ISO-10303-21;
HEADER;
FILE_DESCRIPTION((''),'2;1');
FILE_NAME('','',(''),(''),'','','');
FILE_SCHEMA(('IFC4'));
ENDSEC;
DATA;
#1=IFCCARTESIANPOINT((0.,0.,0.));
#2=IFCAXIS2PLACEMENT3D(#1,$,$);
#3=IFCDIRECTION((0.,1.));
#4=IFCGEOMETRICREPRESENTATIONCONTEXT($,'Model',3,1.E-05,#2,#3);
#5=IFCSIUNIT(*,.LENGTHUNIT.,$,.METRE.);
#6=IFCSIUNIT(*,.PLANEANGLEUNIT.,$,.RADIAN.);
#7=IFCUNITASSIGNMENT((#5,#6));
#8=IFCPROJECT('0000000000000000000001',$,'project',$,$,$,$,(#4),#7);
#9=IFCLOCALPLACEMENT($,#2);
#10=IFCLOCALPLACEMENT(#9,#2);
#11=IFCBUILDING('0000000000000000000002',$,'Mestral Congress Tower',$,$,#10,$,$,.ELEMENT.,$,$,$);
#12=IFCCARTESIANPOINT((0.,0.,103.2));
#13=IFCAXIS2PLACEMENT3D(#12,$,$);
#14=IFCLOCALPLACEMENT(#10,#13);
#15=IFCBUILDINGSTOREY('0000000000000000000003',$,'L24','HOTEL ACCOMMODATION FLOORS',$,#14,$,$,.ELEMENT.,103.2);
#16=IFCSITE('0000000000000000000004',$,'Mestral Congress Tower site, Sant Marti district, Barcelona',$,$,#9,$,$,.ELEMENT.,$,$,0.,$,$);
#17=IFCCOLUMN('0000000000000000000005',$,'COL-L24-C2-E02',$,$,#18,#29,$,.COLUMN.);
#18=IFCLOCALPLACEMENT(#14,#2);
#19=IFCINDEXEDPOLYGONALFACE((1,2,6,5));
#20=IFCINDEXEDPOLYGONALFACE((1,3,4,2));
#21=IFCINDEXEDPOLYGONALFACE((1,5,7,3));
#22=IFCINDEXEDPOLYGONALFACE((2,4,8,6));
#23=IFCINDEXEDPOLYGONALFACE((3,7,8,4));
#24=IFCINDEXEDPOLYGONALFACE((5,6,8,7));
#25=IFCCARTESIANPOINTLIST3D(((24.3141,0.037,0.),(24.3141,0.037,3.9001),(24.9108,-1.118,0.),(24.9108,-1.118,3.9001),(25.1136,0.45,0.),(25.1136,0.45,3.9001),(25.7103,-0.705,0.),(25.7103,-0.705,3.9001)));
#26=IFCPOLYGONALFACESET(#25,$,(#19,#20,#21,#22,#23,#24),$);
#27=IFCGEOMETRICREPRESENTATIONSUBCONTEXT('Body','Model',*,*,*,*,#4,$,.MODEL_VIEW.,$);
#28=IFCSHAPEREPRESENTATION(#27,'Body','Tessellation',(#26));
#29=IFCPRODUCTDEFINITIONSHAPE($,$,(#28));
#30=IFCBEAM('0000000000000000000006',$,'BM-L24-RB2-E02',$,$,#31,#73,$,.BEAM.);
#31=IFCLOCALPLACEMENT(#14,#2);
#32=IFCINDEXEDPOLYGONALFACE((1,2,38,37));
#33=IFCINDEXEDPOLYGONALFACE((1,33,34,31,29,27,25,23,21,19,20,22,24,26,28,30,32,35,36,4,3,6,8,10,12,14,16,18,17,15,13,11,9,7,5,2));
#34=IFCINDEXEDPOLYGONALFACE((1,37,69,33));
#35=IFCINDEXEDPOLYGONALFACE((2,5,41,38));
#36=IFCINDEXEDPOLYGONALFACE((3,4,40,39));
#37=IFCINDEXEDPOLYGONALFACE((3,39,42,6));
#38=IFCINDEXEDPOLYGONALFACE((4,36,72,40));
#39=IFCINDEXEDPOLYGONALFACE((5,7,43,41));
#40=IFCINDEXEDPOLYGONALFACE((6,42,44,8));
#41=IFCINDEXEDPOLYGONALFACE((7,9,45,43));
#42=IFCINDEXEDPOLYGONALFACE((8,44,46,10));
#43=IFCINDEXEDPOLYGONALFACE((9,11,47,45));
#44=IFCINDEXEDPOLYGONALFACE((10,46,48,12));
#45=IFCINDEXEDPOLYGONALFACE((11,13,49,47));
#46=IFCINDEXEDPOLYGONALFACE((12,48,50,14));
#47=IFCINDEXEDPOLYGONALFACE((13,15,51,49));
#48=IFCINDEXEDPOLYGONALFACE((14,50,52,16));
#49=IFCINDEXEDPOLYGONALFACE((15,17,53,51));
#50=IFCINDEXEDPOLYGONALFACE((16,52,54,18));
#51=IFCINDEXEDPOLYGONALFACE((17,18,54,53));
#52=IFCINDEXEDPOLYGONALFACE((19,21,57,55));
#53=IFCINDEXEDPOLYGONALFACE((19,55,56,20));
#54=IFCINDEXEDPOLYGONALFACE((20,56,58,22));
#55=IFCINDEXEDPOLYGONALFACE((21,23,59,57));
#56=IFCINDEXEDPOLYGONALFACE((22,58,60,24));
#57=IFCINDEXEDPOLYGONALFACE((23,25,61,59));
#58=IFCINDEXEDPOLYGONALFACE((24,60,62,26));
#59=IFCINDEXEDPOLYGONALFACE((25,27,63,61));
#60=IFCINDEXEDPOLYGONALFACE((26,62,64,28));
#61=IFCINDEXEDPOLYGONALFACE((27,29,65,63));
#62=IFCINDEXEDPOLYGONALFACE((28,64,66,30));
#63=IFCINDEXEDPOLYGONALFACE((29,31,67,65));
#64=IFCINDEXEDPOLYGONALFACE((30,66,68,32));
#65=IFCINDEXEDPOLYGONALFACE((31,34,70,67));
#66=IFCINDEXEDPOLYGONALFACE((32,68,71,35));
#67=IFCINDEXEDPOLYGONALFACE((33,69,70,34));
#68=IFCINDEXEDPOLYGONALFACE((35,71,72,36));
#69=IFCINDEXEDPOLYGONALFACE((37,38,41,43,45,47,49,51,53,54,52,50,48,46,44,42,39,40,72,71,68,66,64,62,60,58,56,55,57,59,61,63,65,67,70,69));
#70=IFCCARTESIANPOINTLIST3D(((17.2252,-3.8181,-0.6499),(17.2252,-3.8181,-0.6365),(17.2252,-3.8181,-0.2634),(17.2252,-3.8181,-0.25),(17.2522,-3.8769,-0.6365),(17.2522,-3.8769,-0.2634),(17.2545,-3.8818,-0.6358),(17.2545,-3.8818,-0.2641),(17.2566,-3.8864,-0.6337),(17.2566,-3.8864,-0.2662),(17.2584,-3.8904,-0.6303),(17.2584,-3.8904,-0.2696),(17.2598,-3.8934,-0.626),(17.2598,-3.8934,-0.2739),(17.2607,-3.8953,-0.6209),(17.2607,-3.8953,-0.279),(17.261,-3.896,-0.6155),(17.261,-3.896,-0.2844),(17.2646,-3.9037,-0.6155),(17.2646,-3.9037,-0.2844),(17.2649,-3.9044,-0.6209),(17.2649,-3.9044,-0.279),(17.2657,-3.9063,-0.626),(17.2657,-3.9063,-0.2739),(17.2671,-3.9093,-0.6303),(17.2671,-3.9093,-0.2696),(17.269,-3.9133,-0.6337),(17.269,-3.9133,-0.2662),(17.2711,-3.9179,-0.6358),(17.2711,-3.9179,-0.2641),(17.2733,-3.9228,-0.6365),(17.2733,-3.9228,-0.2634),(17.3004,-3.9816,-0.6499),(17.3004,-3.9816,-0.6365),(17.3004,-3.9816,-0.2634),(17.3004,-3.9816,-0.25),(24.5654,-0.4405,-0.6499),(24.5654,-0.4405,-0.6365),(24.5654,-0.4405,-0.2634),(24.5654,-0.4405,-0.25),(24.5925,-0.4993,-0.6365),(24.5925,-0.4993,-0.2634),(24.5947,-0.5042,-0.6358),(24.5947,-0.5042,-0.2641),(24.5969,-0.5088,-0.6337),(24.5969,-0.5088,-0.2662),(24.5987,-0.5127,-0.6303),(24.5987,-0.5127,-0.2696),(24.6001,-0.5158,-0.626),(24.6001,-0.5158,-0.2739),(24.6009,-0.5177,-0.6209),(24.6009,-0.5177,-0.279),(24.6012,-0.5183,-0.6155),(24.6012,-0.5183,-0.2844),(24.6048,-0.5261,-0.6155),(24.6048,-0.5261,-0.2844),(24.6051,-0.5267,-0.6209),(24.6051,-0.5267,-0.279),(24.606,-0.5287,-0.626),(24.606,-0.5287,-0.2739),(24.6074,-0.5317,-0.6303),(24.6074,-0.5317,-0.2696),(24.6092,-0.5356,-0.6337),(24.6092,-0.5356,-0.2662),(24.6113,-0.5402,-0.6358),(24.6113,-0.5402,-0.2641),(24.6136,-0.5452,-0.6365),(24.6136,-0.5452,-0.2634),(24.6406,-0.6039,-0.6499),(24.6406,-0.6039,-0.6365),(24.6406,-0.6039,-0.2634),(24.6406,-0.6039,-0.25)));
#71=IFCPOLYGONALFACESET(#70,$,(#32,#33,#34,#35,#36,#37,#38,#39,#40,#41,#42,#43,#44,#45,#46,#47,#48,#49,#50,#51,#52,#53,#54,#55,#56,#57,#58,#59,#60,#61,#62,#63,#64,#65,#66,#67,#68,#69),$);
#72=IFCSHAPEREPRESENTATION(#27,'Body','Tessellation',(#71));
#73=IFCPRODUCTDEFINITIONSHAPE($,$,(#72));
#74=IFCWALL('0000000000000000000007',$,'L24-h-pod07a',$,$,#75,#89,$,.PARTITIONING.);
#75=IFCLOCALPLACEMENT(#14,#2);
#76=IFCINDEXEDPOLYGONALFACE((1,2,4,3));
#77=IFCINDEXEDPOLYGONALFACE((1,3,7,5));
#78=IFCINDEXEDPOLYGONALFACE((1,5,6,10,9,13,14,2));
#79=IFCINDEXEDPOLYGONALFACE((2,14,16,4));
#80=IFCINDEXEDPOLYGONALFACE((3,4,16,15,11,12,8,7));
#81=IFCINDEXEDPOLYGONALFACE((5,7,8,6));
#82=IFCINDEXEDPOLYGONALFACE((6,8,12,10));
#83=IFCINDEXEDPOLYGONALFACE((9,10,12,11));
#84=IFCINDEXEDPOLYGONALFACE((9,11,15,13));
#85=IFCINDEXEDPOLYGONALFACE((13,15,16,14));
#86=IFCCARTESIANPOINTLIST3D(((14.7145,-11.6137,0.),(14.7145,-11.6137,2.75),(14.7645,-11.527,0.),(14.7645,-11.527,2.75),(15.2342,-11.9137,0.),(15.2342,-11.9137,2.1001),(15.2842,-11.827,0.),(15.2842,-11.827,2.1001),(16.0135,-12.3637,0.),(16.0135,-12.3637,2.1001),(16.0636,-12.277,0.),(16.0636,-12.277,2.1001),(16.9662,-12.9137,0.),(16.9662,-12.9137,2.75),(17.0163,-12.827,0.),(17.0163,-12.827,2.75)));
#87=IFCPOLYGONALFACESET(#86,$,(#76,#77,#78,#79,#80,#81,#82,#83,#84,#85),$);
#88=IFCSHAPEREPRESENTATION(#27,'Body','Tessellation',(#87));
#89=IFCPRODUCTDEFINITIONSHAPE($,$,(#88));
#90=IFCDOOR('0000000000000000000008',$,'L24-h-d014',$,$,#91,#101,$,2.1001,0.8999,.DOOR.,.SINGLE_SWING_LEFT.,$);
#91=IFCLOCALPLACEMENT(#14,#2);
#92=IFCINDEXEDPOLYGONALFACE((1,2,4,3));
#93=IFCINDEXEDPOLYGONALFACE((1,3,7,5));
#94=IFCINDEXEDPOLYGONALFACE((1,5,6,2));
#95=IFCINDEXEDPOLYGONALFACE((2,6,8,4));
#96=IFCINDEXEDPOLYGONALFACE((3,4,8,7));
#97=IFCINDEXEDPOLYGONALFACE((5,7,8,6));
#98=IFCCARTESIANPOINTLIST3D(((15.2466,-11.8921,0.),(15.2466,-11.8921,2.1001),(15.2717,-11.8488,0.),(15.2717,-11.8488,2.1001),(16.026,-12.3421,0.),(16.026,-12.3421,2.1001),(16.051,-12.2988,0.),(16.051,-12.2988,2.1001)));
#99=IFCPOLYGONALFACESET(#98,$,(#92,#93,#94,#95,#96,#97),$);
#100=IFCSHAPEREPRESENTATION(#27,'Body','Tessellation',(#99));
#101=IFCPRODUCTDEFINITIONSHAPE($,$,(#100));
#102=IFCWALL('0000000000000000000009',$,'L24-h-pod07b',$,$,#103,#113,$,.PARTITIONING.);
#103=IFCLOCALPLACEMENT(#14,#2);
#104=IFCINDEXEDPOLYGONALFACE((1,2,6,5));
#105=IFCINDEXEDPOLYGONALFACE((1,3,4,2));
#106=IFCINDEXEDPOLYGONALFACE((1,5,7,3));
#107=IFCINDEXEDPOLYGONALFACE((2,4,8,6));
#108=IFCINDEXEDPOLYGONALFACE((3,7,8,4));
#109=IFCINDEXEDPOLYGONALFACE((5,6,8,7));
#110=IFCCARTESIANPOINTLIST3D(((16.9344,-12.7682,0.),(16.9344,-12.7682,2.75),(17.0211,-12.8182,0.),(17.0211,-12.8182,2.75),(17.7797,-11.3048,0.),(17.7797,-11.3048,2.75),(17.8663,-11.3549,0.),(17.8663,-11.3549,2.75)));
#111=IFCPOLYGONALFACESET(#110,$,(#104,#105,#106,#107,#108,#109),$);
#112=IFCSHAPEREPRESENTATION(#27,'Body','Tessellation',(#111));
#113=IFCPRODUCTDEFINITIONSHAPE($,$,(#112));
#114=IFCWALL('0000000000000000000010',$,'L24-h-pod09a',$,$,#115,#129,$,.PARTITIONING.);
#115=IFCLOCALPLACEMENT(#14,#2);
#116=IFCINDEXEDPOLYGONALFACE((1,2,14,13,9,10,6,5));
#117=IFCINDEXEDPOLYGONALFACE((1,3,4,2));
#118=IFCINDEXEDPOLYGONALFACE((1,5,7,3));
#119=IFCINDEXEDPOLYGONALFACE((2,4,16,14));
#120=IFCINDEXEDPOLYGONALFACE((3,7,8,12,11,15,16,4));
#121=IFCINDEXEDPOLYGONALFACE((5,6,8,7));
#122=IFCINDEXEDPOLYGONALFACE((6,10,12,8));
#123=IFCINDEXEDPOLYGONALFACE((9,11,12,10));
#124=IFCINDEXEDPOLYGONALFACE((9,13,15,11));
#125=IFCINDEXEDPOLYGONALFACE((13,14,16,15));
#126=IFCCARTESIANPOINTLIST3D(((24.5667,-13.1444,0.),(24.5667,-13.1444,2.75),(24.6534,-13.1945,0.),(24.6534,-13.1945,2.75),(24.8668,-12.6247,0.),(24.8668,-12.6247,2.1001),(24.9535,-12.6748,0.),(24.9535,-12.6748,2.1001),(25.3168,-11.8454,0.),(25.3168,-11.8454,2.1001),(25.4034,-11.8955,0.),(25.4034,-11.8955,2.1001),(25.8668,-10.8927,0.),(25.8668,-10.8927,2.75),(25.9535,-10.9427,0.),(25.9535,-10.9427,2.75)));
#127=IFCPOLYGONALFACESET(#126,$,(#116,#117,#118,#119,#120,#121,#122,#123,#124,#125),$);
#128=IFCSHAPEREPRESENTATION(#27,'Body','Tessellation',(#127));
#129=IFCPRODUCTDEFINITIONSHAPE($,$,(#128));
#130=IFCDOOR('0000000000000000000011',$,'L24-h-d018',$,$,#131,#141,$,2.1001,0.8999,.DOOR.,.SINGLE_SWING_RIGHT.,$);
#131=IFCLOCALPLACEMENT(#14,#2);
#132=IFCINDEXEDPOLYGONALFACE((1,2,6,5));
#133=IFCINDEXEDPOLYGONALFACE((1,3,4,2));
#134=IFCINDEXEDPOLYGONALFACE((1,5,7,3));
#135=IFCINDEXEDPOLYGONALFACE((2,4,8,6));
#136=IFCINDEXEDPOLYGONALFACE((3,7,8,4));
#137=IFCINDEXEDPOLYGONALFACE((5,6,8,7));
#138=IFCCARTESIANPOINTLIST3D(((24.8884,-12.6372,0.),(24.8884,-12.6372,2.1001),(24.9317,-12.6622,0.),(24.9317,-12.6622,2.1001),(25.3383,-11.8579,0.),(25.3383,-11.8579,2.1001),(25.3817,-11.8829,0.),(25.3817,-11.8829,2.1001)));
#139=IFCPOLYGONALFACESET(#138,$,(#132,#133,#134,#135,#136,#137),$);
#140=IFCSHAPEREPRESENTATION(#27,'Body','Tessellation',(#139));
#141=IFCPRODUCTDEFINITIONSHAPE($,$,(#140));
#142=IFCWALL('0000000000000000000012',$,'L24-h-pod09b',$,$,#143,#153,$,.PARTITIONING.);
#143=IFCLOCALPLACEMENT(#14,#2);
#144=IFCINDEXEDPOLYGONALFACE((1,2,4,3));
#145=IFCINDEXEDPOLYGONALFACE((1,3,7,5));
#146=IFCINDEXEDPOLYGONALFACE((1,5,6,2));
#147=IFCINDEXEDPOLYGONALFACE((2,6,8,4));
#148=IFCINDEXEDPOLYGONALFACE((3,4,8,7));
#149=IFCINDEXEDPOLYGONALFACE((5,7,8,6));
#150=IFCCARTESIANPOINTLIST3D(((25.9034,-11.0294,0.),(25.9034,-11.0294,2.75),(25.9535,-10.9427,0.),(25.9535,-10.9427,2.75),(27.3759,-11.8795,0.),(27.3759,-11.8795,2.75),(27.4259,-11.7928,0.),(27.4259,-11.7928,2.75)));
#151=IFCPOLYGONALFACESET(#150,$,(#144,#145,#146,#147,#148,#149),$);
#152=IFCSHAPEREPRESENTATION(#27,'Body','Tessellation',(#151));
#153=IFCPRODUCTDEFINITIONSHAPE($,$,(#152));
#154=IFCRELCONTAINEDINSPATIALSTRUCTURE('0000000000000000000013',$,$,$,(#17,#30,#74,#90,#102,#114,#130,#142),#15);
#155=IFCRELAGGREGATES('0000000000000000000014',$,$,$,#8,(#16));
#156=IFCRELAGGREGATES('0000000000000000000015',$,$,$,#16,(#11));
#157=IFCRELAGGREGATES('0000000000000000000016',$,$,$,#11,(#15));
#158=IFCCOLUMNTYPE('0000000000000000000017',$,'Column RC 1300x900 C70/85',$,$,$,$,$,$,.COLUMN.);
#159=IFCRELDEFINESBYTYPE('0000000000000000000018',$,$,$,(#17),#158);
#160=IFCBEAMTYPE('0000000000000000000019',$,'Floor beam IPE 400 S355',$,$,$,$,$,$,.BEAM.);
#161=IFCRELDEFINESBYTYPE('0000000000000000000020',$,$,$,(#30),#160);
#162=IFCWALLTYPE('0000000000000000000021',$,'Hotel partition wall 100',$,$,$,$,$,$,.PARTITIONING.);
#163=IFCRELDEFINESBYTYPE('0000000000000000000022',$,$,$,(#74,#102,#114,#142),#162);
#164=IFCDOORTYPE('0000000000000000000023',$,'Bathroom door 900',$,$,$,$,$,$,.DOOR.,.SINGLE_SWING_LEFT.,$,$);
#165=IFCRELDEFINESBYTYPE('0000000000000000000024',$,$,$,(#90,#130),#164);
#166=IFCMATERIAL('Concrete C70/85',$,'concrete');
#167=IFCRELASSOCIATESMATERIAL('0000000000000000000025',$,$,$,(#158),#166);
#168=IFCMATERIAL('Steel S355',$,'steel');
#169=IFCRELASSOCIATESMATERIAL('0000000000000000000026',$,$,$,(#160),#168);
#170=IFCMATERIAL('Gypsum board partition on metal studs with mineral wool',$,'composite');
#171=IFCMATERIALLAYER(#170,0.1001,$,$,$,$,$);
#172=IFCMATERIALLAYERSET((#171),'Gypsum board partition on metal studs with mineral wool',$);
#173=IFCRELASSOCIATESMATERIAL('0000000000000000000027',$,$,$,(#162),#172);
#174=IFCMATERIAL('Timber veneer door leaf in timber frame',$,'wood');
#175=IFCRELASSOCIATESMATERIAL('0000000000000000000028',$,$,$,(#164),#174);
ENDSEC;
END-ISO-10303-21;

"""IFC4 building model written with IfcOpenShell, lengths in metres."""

from ifc_helpers import new_model, si_unit, direction, frame, frame_2d, origin, origin_2d, place, context, subcontext, project, spatial, rectangle, i_section, extrude, material, layer, layer_set, material_profile, profile_set, type_object, element, fill, save


model = new_model("IFC4")

# Units and contexts
model_context = context("Model", 3, precision=1e-05, world=origin(), true_north=direction((0.0, 1.0)))
body_context = subcontext(model_context, "Body", "Model", "MODEL_VIEW")
ifc_project = project(units=[si_unit("LENGTHUNIT", "METRE"), si_unit("PLANEANGLEUNIT", "RADIAN")], contexts=[model_context])

# Site, building, storey
site_placement = place(None, origin())
site = spatial("IfcSite", under=ifc_project, at=site_placement, Name="Mestral Congress Tower site, Sant Marti district, Barcelona", CompositionType="ELEMENT", RefElevation=0.0)
building_placement = place(site_placement, origin())
building = spatial("IfcBuilding", under=site, at=building_placement, Name="Mestral Congress Tower", CompositionType="ELEMENT")
storey_placement = place(building_placement, frame((0.0, 0.0, 103.2)))
storey = spatial("IfcBuildingStorey", under=building, at=storey_placement, Name="L24", Description="HOTEL ACCOMMODATION FLOORS", CompositionType="ELEMENT", Elevation=103.2)

# Column
ifc_material_1 = material(Name="Concrete C70/85", Category="concrete")
ifc_material_profile_1 = material_profile(ifc_material_1, rectangle(XDim=1.3, YDim=0.8999, at=origin_2d()), Name="RC 1300x900")
ifc_profile_set_1 = profile_set([ifc_material_profile_1], Name="Concrete C70/85")
column_type = type_object("IfcColumnType", Name="Column RC 1300x900 C70/85", PredefinedType="COLUMN", material=ifc_profile_set_1)
column_placement = place(storey_placement, frame((25.0122, -0.334, 0.0), z_axis=(0.0, 0.0, 1.0), x_axis=(-0.458961, 0.888456, 0.0)))
element("IfcColumn", 1, at=column_placement, inside=storey, type_object=column_type, Name="COL-L24-C2-E02", PredefinedType="COLUMN", context=body_context, shape_type="SweptSolid", body=[
    extrude(rectangle(XDim=1.3, YDim=0.8999, at=origin_2d()), origin(), (0.0, 0.0, 1.0), 3.9001),
])

# Beam
ifc_material_2 = material(Name="Steel S355", Category="steel")
ifc_material_profile_2 = material_profile(ifc_material_2, i_section(OverallWidth=0.1799, OverallDepth=0.3999, WebThickness=0.0085, FlangeThickness=0.0134, FilletRadius=0.021, at=origin_2d()), Name="IPE 400")
ifc_profile_set_2 = profile_set([ifc_material_profile_2], Name="Steel S355")
beam_type = type_object("IfcBeamType", Name="Floor beam IPE 400 S355", PredefinedType="BEAM", material=ifc_profile_set_2)
beam_placement = place(storey_placement, frame((24.603, -0.5222, -0.45), z_axis=(-0.908437, -0.418021, 0.0), x_axis=(0.418021, -0.908437, 0.0)))
element("IfcBeam", 2, at=beam_placement, inside=storey, type_object=beam_type, Name="BM-L24-RB2-E02", PredefinedType="BEAM", context=body_context, shape_type="SweptSolid", body=[
    extrude(i_section(OverallWidth=0.1799, OverallDepth=0.3999, WebThickness=0.0085, FlangeThickness=0.0134, FilletRadius=0.021, at=origin_2d()), origin(), (0.0, 0.0, 1.0), 8.0801),
])

# Wall, opening, door
ifc_material_3 = material(Name="Gypsum board partition on metal studs with mineral wool", Category="composite")
ifc_layer_1 = layer(ifc_material_3, 0.1001)
ifc_layer_set_1 = layer_set([ifc_layer_1], Name="Gypsum board partition on metal studs with mineral wool")
wall_type_1 = type_object("IfcWallType", Name="Hotel partition wall 100", PredefinedType="PARTITIONING", material=ifc_layer_set_1)
wall_1_placement = place(storey_placement, frame((14.7395, -11.5703, 0.0), z_axis=(0.0, 0.0, 1.0), x_axis=(0.866021, -0.500007, 0.0)))
wall_1 = element("IfcWall", 3, at=wall_1_placement, inside=storey, type_object=wall_type_1, Name="L24-h-pod07a", PredefinedType="PARTITIONING", context=body_context, shape_type="SweptSolid", body=[
    extrude(rectangle(XDim=2.6001, YDim=0.1001, at=frame_2d((1.3, 0.0))), origin(), (0.0, 0.0, 1.0), 2.75),
])
opening_1_placement = place(wall_1_placement, frame((0.6001, 0.0, 0.0)))
opening_1 = element("IfcOpeningElement", 4, at=opening_1_placement, cuts=wall_1, PredefinedType="OPENING", context=body_context, shape_type="SweptSolid", body=[
    extrude(rectangle(XDim=0.8999, YDim=2.1001, at=frame_2d((0.45, 1.05))), frame((0.0, 0.0601, 0.0), z_axis=(0.0, -1.0, 0.0), x_axis=(1.0, 0.0, 0.0)), (0.0, 0.0, 1.0), 0.1201),
])
ifc_material_4 = material(Name="Timber veneer door leaf in timber frame", Category="wood")
door_type_1 = type_object("IfcDoorType", Name="Bathroom door 900", OperationType="SINGLE_SWING_LEFT", PredefinedType="DOOR", material=ifc_material_4)
door_1_placement = place(opening_1_placement, origin())
door_1 = element("IfcDoor", 5, at=door_1_placement, inside=storey, type_object=door_type_1, Name="L24-h-d014", OperationType="SINGLE_SWING_LEFT", OverallHeight=2.1001, OverallWidth=0.8999, PredefinedType="DOOR", context=body_context, shape_type="SweptSolid", body=[
    extrude(rectangle(XDim=0.8999, YDim=2.1001, at=frame_2d((0.45, 1.05))), frame((0.0, 0.0249, 0.0), z_axis=(0.0, -1.0, 0.0), x_axis=(1.0, 0.0, 0.0)), (0.0, 0.0, 1.0), 0.05),
])
fill(opening_1, door_1)

# Wall
wall_2_placement = place(storey_placement, frame((16.9778, -12.7932, 0.0), z_axis=(0.0, 0.0, 1.0), x_axis=(0.500148, 0.86594, 0.0)))
element("IfcWall", 6, at=wall_2_placement, inside=storey, type_object=wall_type_1, Name="L24-h-pod07b", PredefinedType="PARTITIONING", context=body_context, shape_type="SweptSolid", body=[
    extrude(rectangle(XDim=1.6899, YDim=0.1001, at=frame_2d((0.845, 0.0))), origin(), (0.0, 0.0, 1.0), 2.75),
])

# Wall, opening, door
wall_3_placement = place(storey_placement, frame((25.9102, -10.9177, 0.0), z_axis=(0.0, 0.0, 1.0), x_axis=(-0.500007, -0.866021, 0.0)))
wall_3 = element("IfcWall", 7, at=wall_3_placement, inside=storey, type_object=wall_type_1, Name="L24-h-pod09a", PredefinedType="PARTITIONING", context=body_context, shape_type="SweptSolid", body=[
    extrude(rectangle(XDim=2.6001, YDim=0.1001, at=frame_2d((1.3, 0.0))), origin(), (0.0, 0.0, 1.0), 2.75),
])
opening_2_placement = place(wall_3_placement, frame((1.1001, 0.0, 0.0)))
opening_2 = element("IfcOpeningElement", 8, at=opening_2_placement, cuts=wall_3, PredefinedType="OPENING", context=body_context, shape_type="SweptSolid", body=[
    extrude(rectangle(XDim=0.8999, YDim=2.1001, at=frame_2d((0.45, 1.05))), frame((0.0, 0.0601, 0.0), z_axis=(0.0, -1.0, 0.0), x_axis=(1.0, 0.0, 0.0)), (0.0, 0.0, 1.0), 0.1201),
])
door_2_placement = place(opening_2_placement, origin())
door_2 = element("IfcDoor", 9, at=door_2_placement, inside=storey, type_object=door_type_1, Name="L24-h-d018", OperationType="SINGLE_SWING_RIGHT", OverallHeight=2.1001, OverallWidth=0.8999, PredefinedType="DOOR", context=body_context, shape_type="SweptSolid", body=[
    extrude(rectangle(XDim=0.8999, YDim=2.1001, at=frame_2d((0.45, 1.05))), frame((0.0, 0.0249, 0.0), z_axis=(0.0, -1.0, 0.0), x_axis=(1.0, 0.0, 0.0)), (0.0, 0.0, 1.0), 0.05),
])
fill(opening_2, door_2)

# Wall
wall_4_placement = place(storey_placement, frame((25.9285, -10.9861, 0.0), z_axis=(0.0, 0.0, 1.0), x_axis=(0.866025, -0.5, 0.0)))
element("IfcWall", 10, at=wall_4_placement, inside=storey, type_object=wall_type_1, Name="L24-h-pod09b", PredefinedType="PARTITIONING", context=body_context, shape_type="SweptSolid", body=[
    extrude(rectangle(XDim=1.7002, YDim=0.1001, at=frame_2d((0.8501, 0.0))), origin(), (0.0, 0.0, 1.0), 2.75),
])

save(model, "model.ifc")
